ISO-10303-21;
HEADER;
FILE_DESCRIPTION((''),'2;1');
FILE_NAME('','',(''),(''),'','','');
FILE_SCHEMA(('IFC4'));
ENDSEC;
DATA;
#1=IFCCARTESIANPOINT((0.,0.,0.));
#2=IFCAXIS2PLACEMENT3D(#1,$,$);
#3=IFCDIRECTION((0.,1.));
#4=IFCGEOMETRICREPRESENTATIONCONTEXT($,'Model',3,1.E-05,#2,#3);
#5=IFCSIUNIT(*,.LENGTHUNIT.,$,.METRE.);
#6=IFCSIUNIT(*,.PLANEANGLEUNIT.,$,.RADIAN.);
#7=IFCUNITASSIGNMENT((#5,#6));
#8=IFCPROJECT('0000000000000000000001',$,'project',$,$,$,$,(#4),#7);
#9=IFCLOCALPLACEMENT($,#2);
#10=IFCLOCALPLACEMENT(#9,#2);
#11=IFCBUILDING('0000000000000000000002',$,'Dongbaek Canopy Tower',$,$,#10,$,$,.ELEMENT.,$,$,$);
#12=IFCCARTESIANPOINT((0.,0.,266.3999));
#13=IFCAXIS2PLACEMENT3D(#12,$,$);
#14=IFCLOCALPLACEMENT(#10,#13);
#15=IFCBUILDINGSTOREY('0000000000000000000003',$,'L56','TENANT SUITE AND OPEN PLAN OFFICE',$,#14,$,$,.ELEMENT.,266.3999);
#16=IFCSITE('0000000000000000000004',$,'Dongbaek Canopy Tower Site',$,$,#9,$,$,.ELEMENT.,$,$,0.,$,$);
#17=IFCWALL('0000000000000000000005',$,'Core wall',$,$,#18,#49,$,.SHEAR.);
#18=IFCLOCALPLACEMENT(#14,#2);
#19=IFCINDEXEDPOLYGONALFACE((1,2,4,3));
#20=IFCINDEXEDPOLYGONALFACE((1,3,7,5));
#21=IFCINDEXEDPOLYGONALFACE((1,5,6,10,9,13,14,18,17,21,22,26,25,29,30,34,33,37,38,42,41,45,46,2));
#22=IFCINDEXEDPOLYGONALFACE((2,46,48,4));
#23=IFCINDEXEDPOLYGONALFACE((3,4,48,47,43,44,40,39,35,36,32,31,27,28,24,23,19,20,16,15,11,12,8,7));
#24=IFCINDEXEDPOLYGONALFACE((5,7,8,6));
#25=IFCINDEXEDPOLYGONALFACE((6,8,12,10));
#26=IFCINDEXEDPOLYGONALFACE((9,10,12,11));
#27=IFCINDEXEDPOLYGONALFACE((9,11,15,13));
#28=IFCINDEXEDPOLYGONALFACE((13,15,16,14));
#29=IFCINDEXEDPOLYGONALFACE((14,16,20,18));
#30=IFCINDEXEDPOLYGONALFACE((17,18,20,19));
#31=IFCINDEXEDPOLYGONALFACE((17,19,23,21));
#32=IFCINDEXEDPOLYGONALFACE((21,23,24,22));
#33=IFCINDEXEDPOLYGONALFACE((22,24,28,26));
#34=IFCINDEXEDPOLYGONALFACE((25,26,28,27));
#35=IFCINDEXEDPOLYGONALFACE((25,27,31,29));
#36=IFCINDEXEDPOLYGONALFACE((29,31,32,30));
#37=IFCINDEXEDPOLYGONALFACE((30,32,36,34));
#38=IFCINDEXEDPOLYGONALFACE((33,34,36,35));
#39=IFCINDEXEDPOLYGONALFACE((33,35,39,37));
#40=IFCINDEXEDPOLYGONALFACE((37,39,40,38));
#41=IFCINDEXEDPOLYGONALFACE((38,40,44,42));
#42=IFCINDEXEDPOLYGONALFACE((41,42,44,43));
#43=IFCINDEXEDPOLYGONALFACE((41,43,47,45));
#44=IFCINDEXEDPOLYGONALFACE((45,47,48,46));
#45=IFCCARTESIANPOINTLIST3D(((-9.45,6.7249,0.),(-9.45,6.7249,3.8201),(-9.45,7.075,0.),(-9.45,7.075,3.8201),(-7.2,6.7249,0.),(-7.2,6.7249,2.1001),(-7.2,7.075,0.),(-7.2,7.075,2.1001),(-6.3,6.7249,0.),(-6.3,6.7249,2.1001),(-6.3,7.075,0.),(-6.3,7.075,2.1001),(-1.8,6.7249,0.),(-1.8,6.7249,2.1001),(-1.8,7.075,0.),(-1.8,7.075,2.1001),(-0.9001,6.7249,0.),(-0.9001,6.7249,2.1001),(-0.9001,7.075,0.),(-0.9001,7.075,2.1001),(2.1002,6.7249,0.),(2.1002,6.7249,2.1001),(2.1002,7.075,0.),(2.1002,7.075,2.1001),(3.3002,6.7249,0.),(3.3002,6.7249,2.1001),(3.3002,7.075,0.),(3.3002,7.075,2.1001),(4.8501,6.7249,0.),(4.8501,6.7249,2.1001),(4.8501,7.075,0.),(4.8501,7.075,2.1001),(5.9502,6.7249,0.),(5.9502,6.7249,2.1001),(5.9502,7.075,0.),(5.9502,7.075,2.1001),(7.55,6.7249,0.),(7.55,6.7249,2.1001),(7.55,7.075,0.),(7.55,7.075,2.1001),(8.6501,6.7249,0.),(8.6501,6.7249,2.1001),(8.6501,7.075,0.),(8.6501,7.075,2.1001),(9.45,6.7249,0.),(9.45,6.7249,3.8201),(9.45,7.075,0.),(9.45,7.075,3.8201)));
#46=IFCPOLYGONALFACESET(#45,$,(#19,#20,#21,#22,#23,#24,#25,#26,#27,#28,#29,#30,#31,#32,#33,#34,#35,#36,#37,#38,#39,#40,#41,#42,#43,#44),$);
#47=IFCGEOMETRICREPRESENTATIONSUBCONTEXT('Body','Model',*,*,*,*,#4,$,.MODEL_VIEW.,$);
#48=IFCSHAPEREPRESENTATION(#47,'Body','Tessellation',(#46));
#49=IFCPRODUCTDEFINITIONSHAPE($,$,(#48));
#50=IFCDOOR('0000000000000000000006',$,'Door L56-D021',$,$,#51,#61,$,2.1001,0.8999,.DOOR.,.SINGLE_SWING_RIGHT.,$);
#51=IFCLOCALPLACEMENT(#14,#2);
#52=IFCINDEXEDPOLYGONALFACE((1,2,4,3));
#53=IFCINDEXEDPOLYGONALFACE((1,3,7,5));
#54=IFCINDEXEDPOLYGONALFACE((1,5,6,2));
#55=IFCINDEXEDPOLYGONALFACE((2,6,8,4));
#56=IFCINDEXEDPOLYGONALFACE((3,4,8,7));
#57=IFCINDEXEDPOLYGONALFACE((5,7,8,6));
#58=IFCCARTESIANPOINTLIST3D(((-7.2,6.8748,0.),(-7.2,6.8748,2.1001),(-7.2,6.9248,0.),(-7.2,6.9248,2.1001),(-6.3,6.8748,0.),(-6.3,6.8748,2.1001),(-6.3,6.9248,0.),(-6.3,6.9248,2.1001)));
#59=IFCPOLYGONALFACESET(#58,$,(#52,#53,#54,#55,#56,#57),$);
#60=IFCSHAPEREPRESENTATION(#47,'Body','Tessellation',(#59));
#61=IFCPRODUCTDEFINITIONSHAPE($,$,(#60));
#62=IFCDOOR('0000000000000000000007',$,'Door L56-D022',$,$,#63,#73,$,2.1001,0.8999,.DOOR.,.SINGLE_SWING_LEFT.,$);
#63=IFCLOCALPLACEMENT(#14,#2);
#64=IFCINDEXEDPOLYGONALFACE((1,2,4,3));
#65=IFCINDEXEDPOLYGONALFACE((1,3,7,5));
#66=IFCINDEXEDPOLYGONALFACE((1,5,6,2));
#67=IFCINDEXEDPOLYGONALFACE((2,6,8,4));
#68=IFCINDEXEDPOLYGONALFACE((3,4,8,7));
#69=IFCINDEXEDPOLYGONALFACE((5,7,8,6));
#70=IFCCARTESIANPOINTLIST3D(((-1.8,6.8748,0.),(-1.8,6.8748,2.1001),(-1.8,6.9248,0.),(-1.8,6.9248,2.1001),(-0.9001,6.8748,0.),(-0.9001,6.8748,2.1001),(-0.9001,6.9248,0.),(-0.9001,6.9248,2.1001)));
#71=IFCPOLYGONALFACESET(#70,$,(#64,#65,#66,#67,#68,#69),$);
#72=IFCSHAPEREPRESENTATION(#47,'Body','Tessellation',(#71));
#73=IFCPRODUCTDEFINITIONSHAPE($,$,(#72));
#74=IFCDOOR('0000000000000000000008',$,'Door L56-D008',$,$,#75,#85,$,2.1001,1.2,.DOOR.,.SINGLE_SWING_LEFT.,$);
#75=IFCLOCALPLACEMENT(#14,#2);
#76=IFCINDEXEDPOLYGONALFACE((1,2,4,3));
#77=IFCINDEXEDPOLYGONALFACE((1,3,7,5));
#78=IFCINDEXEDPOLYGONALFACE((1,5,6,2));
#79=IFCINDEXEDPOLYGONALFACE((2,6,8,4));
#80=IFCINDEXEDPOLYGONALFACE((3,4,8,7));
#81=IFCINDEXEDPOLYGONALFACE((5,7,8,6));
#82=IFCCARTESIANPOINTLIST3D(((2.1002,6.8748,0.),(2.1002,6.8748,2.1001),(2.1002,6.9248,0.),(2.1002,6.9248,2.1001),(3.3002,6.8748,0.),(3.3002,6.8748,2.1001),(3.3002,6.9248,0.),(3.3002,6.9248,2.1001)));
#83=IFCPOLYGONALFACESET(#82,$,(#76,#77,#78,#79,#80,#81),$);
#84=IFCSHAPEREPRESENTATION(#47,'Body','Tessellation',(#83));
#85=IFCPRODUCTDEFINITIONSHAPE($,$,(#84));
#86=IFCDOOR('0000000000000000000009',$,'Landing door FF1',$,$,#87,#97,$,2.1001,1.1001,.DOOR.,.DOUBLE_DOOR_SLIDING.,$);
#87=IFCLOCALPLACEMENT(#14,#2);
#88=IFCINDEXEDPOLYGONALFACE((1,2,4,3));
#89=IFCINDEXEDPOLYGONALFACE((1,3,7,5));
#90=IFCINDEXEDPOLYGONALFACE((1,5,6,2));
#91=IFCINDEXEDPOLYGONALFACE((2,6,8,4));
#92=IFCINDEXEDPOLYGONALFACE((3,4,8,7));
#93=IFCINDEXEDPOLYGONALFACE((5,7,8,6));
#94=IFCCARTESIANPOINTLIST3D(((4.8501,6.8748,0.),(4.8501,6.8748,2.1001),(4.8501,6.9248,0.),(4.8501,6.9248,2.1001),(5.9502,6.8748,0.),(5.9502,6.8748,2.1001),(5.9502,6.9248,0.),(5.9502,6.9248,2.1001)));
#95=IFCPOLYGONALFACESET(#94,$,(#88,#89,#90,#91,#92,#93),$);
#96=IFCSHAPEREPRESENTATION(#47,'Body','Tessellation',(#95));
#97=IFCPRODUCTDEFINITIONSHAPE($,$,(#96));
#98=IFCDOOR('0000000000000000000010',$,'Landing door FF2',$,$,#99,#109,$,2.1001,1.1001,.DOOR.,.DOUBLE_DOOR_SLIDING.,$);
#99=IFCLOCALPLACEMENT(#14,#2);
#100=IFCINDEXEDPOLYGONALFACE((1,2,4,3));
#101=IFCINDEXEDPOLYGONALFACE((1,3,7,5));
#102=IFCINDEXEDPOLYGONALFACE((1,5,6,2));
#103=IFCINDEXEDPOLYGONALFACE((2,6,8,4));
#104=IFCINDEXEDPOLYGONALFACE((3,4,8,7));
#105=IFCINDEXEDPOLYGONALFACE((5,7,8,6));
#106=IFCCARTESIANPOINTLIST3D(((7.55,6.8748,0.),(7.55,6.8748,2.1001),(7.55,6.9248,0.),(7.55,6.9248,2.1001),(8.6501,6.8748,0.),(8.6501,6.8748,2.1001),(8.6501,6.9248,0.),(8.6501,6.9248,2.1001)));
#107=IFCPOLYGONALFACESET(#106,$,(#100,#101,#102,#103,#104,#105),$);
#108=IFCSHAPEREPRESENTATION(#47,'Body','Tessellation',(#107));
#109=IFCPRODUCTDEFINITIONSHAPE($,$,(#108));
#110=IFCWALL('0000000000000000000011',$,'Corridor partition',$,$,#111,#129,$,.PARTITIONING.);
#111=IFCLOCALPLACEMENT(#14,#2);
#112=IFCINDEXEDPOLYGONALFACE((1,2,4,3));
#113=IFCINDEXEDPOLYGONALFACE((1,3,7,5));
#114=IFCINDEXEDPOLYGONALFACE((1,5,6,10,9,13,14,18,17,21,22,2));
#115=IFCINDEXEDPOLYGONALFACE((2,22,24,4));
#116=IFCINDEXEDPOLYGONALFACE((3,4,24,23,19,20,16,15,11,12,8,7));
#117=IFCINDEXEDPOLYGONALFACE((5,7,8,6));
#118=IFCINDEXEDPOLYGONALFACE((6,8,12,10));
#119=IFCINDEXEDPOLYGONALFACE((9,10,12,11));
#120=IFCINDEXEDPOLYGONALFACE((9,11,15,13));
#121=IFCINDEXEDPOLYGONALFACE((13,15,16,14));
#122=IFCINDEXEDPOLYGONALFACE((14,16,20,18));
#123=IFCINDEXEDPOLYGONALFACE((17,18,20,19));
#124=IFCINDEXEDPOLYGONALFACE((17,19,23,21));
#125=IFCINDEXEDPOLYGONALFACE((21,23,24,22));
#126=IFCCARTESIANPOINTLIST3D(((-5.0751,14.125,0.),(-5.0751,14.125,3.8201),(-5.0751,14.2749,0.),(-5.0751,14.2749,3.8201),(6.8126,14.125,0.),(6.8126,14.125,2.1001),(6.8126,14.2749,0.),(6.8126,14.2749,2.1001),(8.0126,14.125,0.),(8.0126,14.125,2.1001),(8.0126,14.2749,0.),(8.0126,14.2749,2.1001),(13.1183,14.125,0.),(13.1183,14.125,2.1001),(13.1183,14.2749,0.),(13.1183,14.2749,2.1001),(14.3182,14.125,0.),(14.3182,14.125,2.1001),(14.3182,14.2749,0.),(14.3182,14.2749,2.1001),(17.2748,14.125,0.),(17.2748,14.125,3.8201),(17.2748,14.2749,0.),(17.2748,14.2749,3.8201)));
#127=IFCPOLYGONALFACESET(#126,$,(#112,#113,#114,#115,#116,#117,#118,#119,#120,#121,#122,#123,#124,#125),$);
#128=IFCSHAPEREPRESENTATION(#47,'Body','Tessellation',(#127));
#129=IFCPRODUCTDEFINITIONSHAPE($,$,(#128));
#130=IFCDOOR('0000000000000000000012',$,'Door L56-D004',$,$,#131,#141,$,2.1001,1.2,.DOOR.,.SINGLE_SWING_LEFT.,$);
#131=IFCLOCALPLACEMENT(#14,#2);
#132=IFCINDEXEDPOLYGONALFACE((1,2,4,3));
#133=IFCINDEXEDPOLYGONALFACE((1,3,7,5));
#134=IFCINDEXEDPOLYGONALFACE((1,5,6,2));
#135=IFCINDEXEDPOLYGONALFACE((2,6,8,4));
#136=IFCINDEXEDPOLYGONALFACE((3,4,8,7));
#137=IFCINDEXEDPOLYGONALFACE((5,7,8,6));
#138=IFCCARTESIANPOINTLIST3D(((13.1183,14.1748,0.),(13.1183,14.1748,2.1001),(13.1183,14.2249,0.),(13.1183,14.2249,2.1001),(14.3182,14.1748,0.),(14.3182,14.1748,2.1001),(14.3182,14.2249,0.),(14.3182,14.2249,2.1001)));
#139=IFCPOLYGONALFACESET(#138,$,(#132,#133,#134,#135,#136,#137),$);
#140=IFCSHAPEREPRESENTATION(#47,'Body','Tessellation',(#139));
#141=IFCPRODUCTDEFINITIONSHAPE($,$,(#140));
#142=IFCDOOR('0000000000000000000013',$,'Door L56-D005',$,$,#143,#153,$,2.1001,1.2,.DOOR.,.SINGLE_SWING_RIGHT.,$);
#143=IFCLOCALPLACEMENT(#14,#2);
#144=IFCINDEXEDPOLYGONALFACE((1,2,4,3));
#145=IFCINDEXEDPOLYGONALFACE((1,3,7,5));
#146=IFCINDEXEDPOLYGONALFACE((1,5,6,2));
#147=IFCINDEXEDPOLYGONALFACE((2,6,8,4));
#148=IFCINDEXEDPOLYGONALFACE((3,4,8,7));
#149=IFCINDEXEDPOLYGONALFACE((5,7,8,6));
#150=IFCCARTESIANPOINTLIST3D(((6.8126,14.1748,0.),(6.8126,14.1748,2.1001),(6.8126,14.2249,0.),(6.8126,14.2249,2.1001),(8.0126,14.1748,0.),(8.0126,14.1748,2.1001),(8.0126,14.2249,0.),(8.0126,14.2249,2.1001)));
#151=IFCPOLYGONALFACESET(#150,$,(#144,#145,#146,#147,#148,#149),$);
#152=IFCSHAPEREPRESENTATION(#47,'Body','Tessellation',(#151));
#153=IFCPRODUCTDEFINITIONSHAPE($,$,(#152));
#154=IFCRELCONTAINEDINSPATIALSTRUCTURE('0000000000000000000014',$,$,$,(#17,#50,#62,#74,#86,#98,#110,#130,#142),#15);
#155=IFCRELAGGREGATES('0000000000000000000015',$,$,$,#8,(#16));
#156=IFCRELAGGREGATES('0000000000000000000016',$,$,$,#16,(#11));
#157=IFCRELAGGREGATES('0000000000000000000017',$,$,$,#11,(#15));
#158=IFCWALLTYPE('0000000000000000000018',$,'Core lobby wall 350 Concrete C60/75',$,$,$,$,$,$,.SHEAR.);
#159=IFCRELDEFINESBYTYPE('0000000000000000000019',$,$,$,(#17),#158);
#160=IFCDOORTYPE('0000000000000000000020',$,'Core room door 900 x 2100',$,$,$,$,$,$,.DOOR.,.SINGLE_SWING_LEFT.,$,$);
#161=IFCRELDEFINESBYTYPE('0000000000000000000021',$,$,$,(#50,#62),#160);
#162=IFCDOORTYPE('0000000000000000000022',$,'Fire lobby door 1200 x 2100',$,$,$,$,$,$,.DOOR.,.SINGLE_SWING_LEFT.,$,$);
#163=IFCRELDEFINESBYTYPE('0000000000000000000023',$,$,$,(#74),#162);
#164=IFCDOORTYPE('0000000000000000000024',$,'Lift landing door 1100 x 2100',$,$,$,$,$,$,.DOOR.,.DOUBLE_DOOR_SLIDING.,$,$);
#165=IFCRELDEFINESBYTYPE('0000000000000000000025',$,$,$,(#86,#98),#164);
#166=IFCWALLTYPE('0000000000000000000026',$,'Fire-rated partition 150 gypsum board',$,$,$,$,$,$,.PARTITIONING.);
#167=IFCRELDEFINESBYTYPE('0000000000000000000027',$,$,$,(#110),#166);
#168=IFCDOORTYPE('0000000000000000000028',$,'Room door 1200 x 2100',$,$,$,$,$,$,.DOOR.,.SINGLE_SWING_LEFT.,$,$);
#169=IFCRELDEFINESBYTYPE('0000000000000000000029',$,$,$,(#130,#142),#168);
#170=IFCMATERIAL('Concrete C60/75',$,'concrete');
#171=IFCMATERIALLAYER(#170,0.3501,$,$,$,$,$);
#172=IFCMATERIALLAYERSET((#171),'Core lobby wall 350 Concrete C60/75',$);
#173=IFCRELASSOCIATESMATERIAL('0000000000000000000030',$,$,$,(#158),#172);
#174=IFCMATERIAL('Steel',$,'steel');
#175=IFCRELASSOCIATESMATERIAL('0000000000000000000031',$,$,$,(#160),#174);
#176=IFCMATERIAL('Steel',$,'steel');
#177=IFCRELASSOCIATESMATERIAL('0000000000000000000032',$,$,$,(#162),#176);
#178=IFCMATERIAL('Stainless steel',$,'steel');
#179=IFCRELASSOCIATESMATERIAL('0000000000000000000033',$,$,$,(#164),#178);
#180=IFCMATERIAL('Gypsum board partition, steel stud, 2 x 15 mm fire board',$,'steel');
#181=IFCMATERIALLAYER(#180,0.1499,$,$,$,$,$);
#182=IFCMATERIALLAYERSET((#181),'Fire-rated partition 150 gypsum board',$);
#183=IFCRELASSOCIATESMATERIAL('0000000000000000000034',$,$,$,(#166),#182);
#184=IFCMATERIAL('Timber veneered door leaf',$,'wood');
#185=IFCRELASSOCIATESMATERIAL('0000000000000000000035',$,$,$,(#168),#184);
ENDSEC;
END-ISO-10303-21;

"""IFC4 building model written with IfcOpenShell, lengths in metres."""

from ifc_helpers import new_model, si_unit, direction, frame, frame_2d, origin, place, context, subcontext, project, spatial, rectangle, extrude, material, layer, layer_set, type_object, element, fill, save


model = new_model("IFC4")

# Units and contexts
model_context = context("Model", 3, precision=1e-05, world=origin(), true_north=direction((0.0, 1.0)))
body_context = subcontext(model_context, "Body", "Model", "MODEL_VIEW")
ifc_project = project(units=[si_unit("LENGTHUNIT", "METRE"), si_unit("PLANEANGLEUNIT", "RADIAN")], contexts=[model_context])

# Site, building, storey
site_placement = place(None, origin())
site = spatial("IfcSite", under=ifc_project, at=site_placement, Name="Dongbaek Canopy Tower Site", CompositionType="ELEMENT", RefElevation=0.0)
building_placement = place(site_placement, origin())
building = spatial("IfcBuilding", under=site, at=building_placement, Name="Dongbaek Canopy Tower", CompositionType="ELEMENT")
storey_placement = place(building_placement, frame((0.0, 0.0, 266.3999)))
storey = spatial("IfcBuildingStorey", under=building, at=storey_placement, Name="L56", Description="TENANT SUITE AND OPEN PLAN OFFICE", CompositionType="ELEMENT", Elevation=266.3999)

# Walls, openings, doors
ifc_material_1 = material(Name="Concrete C60/75", Category="concrete")
ifc_layer_1 = layer(ifc_material_1, 0.3501)
ifc_layer_set_1 = layer_set([ifc_layer_1], Name="Core lobby wall 350 Concrete C60/75")
wall_type_1 = type_object("IfcWallType", Name="Core lobby wall 350 Concrete C60/75", PredefinedType="SHEAR", material=ifc_layer_set_1)
wall_1_placement = place(storey_placement, frame((-9.45, 6.8999, 0.0), z_axis=(0.0, 0.0, 1.0), x_axis=(1.0, 0.0, 0.0)))
wall_1 = element("IfcWall", 1, at=wall_1_placement, inside=storey, type_object=wall_type_1, Name="Core wall", PredefinedType="SHEAR", context=body_context, shape_type="SweptSolid", body=[
    extrude(rectangle(XDim=18.8999, YDim=0.3501, at=frame_2d((9.45, 0.0))), origin(), (0.0, 0.0, 1.0), 3.8201),
])
opening_1_placement = place(wall_1_placement, frame((11.55, 0.0, 0.0)))
opening_1 = element("IfcOpeningElement", 2, at=opening_1_placement, cuts=wall_1, PredefinedType="OPENING", context=body_context, shape_type="SweptSolid", body=[
    extrude(rectangle(XDim=1.2, YDim=2.1001, at=frame_2d((0.6001, 1.05))), frame((0.0, 0.1851, 0.0), z_axis=(0.0, -1.0, 0.0), x_axis=(1.0, 0.0, 0.0)), (0.0, 0.0, 1.0), 0.3701),
])
opening_2_placement = place(wall_1_placement, frame((14.3, 0.0, 0.0)))
opening_2 = element("IfcOpeningElement", 3, at=opening_2_placement, cuts=wall_1, PredefinedType="OPENING", context=body_context, shape_type="SweptSolid", body=[
    extrude(rectangle(XDim=1.1001, YDim=2.1001, at=frame_2d((0.55, 1.05))), frame((0.0, 0.1851, 0.0), z_axis=(0.0, -1.0, 0.0), x_axis=(1.0, 0.0, 0.0)), (0.0, 0.0, 1.0), 0.3701),
])
opening_3_placement = place(wall_1_placement, frame((17.0, 0.0, 0.0)))
opening_3 = element("IfcOpeningElement", 4, at=opening_3_placement, cuts=wall_1, PredefinedType="OPENING", context=body_context, shape_type="SweptSolid", body=[
    extrude(rectangle(XDim=1.1001, YDim=2.1001, at=frame_2d((0.55, 1.05))), frame((0.0, 0.1851, 0.0), z_axis=(0.0, -1.0, 0.0), x_axis=(1.0, 0.0, 0.0)), (0.0, 0.0, 1.0), 0.3701),
])
opening_4_placement = place(wall_1_placement, frame((2.25, 0.0, 0.0)))
opening_4 = element("IfcOpeningElement", 5, at=opening_4_placement, cuts=wall_1, PredefinedType="OPENING", context=body_context, shape_type="SweptSolid", body=[
    extrude(rectangle(XDim=0.8999, YDim=2.1001, at=frame_2d((0.45, 1.05))), frame((0.0, 0.1851, 0.0), z_axis=(0.0, -1.0, 0.0), x_axis=(1.0, 0.0, 0.0)), (0.0, 0.0, 1.0), 0.3701),
])
opening_5_placement = place(wall_1_placement, frame((7.6499, 0.0, 0.0)))
opening_5 = element("IfcOpeningElement", 6, at=opening_5_placement, cuts=wall_1, PredefinedType="OPENING", context=body_context, shape_type="SweptSolid", body=[
    extrude(rectangle(XDim=0.8999, YDim=2.1001, at=frame_2d((0.45, 1.05))), frame((0.0, 0.1851, 0.0), z_axis=(0.0, -1.0, 0.0), x_axis=(1.0, 0.0, 0.0)), (0.0, 0.0, 1.0), 0.3701),
])
ifc_material_2 = material(Name="Steel", Category="steel")
door_type_1 = type_object("IfcDoorType", Name="Core room door 900 x 2100", OperationType="SINGLE_SWING_LEFT", PredefinedType="DOOR", material=ifc_material_2)
door_1_placement = place(opening_4_placement, origin())
door_1 = element("IfcDoor", 7, at=door_1_placement, inside=storey, type_object=door_type_1, Name="Door L56-D021", OperationType="SINGLE_SWING_RIGHT", OverallHeight=2.1001, OverallWidth=0.8999, PredefinedType="DOOR", context=body_context, shape_type="SweptSolid", body=[
    extrude(rectangle(XDim=0.8999, YDim=2.1001, at=frame_2d((0.45, 1.05))), frame((0.0, 0.0249, 0.0), z_axis=(0.0, -1.0, 0.0), x_axis=(1.0, 0.0, 0.0)), (0.0, 0.0, 1.0), 0.05),
])
fill(opening_4, door_1)
door_2_placement = place(opening_5_placement, origin())
door_2 = element("IfcDoor", 8, at=door_2_placement, inside=storey, type_object=door_type_1, Name="Door L56-D022", OperationType="SINGLE_SWING_LEFT", OverallHeight=2.1001, OverallWidth=0.8999, PredefinedType="DOOR", context=body_context, shape_type="SweptSolid", body=[
    extrude(rectangle(XDim=0.8999, YDim=2.1001, at=frame_2d((0.45, 1.05))), frame((0.0, 0.0249, 0.0), z_axis=(0.0, -1.0, 0.0), x_axis=(1.0, 0.0, 0.0)), (0.0, 0.0, 1.0), 0.05),
])
fill(opening_5, door_2)
ifc_material_3 = material(Name="Steel", Category="steel")
door_type_2 = type_object("IfcDoorType", Name="Fire lobby door 1200 x 2100", OperationType="SINGLE_SWING_LEFT", PredefinedType="DOOR", material=ifc_material_3)
door_3_placement = place(opening_1_placement, origin())
door_3 = element("IfcDoor", 9, at=door_3_placement, inside=storey, type_object=door_type_2, Name="Door L56-D008", OperationType="SINGLE_SWING_LEFT", OverallHeight=2.1001, OverallWidth=1.2, PredefinedType="DOOR", context=body_context, shape_type="SweptSolid", body=[
    extrude(rectangle(XDim=1.2, YDim=2.1001, at=frame_2d((0.6001, 1.05))), frame((0.0, 0.0249, 0.0), z_axis=(0.0, -1.0, 0.0), x_axis=(1.0, 0.0, 0.0)), (0.0, 0.0, 1.0), 0.05),
])
fill(opening_1, door_3)
ifc_material_4 = material(Name="Stainless steel", Category="steel")
door_type_3 = type_object("IfcDoorType", Name="Lift landing door 1100 x 2100", OperationType="DOUBLE_DOOR_SLIDING", PredefinedType="DOOR", material=ifc_material_4)
door_4_placement = place(opening_2_placement, origin())
door_4 = element("IfcDoor", 10, at=door_4_placement, inside=storey, type_object=door_type_3, Name="Landing door FF1", OperationType="DOUBLE_DOOR_SLIDING", OverallHeight=2.1001, OverallWidth=1.1001, PredefinedType="DOOR", context=body_context, shape_type="SweptSolid", body=[
    extrude(rectangle(XDim=1.1001, YDim=2.1001, at=frame_2d((0.55, 1.05))), frame((0.0, 0.0249, 0.0), z_axis=(0.0, -1.0, 0.0), x_axis=(1.0, 0.0, 0.0)), (0.0, 0.0, 1.0), 0.05),
])
fill(opening_2, door_4)
door_5_placement = place(opening_3_placement, origin())
door_5 = element("IfcDoor", 11, at=door_5_placement, inside=storey, type_object=door_type_3, Name="Landing door FF2", OperationType="DOUBLE_DOOR_SLIDING", OverallHeight=2.1001, OverallWidth=1.1001, PredefinedType="DOOR", context=body_context, shape_type="SweptSolid", body=[
    extrude(rectangle(XDim=1.1001, YDim=2.1001, at=frame_2d((0.55, 1.05))), frame((0.0, 0.0249, 0.0), z_axis=(0.0, -1.0, 0.0), x_axis=(1.0, 0.0, 0.0)), (0.0, 0.0, 1.0), 0.05),
])
fill(opening_3, door_5)
ifc_material_5 = material(Name="Gypsum board partition, steel stud, 2 x 15 mm fire board", Category="steel")
ifc_layer_2 = layer(ifc_material_5, 0.1499)
ifc_layer_set_2 = layer_set([ifc_layer_2], Name="Fire-rated partition 150 gypsum board")
wall_type_2 = type_object("IfcWallType", Name="Fire-rated partition 150 gypsum board", PredefinedType="PARTITIONING", material=ifc_layer_set_2)
wall_2_placement = place(storey_placement, frame((-5.075, 14.2, 0.0), z_axis=(0.0, 0.0, 1.0), x_axis=(1.0, 0.0, 0.0)))
wall_2 = element("IfcWall", 12, at=wall_2_placement, inside=storey, type_object=wall_type_2, Name="Corridor partition", PredefinedType="PARTITIONING", context=body_context, shape_type="SweptSolid", body=[
    extrude(rectangle(XDim=22.3499, YDim=0.1499, at=frame_2d((11.1748, 0.0))), origin(), (0.0, 0.0, 1.0), 3.8201),
])
opening_6_placement = place(wall_2_placement, frame((18.1931, 0.0, 0.0)))
opening_6 = element("IfcOpeningElement", 13, at=opening_6_placement, cuts=wall_2, PredefinedType="OPENING", context=body_context, shape_type="SweptSolid", body=[
    extrude(rectangle(XDim=1.2, YDim=2.1001, at=frame_2d((0.6001, 1.05))), frame((0.0, 0.085, 0.0), z_axis=(0.0, -1.0, 0.0), x_axis=(1.0, 0.0, 0.0)), (0.0, 0.0, 1.0), 0.1699),
])
opening_7_placement = place(wall_2_placement, frame((11.8875, 0.0, 0.0)))
opening_7 = element("IfcOpeningElement", 14, at=opening_7_placement, cuts=wall_2, PredefinedType="OPENING", context=body_context, shape_type="SweptSolid", body=[
    extrude(rectangle(XDim=1.2, YDim=2.1001, at=frame_2d((0.6001, 1.05))), frame((0.0, 0.085, 0.0), z_axis=(0.0, -1.0, 0.0), x_axis=(1.0, 0.0, 0.0)), (0.0, 0.0, 1.0), 0.1699),
])
ifc_material_6 = material(Name="Timber veneered door leaf", Category="wood")
door_type_4 = type_object("IfcDoorType", Name="Room door 1200 x 2100", OperationType="SINGLE_SWING_LEFT", PredefinedType="DOOR", material=ifc_material_6)
door_6_placement = place(opening_6_placement, origin())
door_6 = element("IfcDoor", 15, at=door_6_placement, inside=storey, type_object=door_type_4, Name="Door L56-D004", OperationType="SINGLE_SWING_LEFT", OverallHeight=2.1001, OverallWidth=1.2, PredefinedType="DOOR", context=body_context, shape_type="SweptSolid", body=[
    extrude(rectangle(XDim=1.2, YDim=2.1001, at=frame_2d((0.6001, 1.05))), frame((0.0, 0.0249, 0.0), z_axis=(0.0, -1.0, 0.0), x_axis=(1.0, 0.0, 0.0)), (0.0, 0.0, 1.0), 0.05),
])
fill(opening_6, door_6)
door_7_placement = place(opening_7_placement, origin())
door_7 = element("IfcDoor", 16, at=door_7_placement, inside=storey, type_object=door_type_4, Name="Door L56-D005", OperationType="SINGLE_SWING_RIGHT", OverallHeight=2.1001, OverallWidth=1.2, PredefinedType="DOOR", context=body_context, shape_type="SweptSolid", body=[
    extrude(rectangle(XDim=1.2, YDim=2.1001, at=frame_2d((0.6001, 1.05))), frame((0.0, 0.0249, 0.0), z_axis=(0.0, -1.0, 0.0), x_axis=(1.0, 0.0, 0.0)), (0.0, 0.0, 1.0), 0.05),
])
fill(opening_7, door_7)

save(model, "model.ifc")
